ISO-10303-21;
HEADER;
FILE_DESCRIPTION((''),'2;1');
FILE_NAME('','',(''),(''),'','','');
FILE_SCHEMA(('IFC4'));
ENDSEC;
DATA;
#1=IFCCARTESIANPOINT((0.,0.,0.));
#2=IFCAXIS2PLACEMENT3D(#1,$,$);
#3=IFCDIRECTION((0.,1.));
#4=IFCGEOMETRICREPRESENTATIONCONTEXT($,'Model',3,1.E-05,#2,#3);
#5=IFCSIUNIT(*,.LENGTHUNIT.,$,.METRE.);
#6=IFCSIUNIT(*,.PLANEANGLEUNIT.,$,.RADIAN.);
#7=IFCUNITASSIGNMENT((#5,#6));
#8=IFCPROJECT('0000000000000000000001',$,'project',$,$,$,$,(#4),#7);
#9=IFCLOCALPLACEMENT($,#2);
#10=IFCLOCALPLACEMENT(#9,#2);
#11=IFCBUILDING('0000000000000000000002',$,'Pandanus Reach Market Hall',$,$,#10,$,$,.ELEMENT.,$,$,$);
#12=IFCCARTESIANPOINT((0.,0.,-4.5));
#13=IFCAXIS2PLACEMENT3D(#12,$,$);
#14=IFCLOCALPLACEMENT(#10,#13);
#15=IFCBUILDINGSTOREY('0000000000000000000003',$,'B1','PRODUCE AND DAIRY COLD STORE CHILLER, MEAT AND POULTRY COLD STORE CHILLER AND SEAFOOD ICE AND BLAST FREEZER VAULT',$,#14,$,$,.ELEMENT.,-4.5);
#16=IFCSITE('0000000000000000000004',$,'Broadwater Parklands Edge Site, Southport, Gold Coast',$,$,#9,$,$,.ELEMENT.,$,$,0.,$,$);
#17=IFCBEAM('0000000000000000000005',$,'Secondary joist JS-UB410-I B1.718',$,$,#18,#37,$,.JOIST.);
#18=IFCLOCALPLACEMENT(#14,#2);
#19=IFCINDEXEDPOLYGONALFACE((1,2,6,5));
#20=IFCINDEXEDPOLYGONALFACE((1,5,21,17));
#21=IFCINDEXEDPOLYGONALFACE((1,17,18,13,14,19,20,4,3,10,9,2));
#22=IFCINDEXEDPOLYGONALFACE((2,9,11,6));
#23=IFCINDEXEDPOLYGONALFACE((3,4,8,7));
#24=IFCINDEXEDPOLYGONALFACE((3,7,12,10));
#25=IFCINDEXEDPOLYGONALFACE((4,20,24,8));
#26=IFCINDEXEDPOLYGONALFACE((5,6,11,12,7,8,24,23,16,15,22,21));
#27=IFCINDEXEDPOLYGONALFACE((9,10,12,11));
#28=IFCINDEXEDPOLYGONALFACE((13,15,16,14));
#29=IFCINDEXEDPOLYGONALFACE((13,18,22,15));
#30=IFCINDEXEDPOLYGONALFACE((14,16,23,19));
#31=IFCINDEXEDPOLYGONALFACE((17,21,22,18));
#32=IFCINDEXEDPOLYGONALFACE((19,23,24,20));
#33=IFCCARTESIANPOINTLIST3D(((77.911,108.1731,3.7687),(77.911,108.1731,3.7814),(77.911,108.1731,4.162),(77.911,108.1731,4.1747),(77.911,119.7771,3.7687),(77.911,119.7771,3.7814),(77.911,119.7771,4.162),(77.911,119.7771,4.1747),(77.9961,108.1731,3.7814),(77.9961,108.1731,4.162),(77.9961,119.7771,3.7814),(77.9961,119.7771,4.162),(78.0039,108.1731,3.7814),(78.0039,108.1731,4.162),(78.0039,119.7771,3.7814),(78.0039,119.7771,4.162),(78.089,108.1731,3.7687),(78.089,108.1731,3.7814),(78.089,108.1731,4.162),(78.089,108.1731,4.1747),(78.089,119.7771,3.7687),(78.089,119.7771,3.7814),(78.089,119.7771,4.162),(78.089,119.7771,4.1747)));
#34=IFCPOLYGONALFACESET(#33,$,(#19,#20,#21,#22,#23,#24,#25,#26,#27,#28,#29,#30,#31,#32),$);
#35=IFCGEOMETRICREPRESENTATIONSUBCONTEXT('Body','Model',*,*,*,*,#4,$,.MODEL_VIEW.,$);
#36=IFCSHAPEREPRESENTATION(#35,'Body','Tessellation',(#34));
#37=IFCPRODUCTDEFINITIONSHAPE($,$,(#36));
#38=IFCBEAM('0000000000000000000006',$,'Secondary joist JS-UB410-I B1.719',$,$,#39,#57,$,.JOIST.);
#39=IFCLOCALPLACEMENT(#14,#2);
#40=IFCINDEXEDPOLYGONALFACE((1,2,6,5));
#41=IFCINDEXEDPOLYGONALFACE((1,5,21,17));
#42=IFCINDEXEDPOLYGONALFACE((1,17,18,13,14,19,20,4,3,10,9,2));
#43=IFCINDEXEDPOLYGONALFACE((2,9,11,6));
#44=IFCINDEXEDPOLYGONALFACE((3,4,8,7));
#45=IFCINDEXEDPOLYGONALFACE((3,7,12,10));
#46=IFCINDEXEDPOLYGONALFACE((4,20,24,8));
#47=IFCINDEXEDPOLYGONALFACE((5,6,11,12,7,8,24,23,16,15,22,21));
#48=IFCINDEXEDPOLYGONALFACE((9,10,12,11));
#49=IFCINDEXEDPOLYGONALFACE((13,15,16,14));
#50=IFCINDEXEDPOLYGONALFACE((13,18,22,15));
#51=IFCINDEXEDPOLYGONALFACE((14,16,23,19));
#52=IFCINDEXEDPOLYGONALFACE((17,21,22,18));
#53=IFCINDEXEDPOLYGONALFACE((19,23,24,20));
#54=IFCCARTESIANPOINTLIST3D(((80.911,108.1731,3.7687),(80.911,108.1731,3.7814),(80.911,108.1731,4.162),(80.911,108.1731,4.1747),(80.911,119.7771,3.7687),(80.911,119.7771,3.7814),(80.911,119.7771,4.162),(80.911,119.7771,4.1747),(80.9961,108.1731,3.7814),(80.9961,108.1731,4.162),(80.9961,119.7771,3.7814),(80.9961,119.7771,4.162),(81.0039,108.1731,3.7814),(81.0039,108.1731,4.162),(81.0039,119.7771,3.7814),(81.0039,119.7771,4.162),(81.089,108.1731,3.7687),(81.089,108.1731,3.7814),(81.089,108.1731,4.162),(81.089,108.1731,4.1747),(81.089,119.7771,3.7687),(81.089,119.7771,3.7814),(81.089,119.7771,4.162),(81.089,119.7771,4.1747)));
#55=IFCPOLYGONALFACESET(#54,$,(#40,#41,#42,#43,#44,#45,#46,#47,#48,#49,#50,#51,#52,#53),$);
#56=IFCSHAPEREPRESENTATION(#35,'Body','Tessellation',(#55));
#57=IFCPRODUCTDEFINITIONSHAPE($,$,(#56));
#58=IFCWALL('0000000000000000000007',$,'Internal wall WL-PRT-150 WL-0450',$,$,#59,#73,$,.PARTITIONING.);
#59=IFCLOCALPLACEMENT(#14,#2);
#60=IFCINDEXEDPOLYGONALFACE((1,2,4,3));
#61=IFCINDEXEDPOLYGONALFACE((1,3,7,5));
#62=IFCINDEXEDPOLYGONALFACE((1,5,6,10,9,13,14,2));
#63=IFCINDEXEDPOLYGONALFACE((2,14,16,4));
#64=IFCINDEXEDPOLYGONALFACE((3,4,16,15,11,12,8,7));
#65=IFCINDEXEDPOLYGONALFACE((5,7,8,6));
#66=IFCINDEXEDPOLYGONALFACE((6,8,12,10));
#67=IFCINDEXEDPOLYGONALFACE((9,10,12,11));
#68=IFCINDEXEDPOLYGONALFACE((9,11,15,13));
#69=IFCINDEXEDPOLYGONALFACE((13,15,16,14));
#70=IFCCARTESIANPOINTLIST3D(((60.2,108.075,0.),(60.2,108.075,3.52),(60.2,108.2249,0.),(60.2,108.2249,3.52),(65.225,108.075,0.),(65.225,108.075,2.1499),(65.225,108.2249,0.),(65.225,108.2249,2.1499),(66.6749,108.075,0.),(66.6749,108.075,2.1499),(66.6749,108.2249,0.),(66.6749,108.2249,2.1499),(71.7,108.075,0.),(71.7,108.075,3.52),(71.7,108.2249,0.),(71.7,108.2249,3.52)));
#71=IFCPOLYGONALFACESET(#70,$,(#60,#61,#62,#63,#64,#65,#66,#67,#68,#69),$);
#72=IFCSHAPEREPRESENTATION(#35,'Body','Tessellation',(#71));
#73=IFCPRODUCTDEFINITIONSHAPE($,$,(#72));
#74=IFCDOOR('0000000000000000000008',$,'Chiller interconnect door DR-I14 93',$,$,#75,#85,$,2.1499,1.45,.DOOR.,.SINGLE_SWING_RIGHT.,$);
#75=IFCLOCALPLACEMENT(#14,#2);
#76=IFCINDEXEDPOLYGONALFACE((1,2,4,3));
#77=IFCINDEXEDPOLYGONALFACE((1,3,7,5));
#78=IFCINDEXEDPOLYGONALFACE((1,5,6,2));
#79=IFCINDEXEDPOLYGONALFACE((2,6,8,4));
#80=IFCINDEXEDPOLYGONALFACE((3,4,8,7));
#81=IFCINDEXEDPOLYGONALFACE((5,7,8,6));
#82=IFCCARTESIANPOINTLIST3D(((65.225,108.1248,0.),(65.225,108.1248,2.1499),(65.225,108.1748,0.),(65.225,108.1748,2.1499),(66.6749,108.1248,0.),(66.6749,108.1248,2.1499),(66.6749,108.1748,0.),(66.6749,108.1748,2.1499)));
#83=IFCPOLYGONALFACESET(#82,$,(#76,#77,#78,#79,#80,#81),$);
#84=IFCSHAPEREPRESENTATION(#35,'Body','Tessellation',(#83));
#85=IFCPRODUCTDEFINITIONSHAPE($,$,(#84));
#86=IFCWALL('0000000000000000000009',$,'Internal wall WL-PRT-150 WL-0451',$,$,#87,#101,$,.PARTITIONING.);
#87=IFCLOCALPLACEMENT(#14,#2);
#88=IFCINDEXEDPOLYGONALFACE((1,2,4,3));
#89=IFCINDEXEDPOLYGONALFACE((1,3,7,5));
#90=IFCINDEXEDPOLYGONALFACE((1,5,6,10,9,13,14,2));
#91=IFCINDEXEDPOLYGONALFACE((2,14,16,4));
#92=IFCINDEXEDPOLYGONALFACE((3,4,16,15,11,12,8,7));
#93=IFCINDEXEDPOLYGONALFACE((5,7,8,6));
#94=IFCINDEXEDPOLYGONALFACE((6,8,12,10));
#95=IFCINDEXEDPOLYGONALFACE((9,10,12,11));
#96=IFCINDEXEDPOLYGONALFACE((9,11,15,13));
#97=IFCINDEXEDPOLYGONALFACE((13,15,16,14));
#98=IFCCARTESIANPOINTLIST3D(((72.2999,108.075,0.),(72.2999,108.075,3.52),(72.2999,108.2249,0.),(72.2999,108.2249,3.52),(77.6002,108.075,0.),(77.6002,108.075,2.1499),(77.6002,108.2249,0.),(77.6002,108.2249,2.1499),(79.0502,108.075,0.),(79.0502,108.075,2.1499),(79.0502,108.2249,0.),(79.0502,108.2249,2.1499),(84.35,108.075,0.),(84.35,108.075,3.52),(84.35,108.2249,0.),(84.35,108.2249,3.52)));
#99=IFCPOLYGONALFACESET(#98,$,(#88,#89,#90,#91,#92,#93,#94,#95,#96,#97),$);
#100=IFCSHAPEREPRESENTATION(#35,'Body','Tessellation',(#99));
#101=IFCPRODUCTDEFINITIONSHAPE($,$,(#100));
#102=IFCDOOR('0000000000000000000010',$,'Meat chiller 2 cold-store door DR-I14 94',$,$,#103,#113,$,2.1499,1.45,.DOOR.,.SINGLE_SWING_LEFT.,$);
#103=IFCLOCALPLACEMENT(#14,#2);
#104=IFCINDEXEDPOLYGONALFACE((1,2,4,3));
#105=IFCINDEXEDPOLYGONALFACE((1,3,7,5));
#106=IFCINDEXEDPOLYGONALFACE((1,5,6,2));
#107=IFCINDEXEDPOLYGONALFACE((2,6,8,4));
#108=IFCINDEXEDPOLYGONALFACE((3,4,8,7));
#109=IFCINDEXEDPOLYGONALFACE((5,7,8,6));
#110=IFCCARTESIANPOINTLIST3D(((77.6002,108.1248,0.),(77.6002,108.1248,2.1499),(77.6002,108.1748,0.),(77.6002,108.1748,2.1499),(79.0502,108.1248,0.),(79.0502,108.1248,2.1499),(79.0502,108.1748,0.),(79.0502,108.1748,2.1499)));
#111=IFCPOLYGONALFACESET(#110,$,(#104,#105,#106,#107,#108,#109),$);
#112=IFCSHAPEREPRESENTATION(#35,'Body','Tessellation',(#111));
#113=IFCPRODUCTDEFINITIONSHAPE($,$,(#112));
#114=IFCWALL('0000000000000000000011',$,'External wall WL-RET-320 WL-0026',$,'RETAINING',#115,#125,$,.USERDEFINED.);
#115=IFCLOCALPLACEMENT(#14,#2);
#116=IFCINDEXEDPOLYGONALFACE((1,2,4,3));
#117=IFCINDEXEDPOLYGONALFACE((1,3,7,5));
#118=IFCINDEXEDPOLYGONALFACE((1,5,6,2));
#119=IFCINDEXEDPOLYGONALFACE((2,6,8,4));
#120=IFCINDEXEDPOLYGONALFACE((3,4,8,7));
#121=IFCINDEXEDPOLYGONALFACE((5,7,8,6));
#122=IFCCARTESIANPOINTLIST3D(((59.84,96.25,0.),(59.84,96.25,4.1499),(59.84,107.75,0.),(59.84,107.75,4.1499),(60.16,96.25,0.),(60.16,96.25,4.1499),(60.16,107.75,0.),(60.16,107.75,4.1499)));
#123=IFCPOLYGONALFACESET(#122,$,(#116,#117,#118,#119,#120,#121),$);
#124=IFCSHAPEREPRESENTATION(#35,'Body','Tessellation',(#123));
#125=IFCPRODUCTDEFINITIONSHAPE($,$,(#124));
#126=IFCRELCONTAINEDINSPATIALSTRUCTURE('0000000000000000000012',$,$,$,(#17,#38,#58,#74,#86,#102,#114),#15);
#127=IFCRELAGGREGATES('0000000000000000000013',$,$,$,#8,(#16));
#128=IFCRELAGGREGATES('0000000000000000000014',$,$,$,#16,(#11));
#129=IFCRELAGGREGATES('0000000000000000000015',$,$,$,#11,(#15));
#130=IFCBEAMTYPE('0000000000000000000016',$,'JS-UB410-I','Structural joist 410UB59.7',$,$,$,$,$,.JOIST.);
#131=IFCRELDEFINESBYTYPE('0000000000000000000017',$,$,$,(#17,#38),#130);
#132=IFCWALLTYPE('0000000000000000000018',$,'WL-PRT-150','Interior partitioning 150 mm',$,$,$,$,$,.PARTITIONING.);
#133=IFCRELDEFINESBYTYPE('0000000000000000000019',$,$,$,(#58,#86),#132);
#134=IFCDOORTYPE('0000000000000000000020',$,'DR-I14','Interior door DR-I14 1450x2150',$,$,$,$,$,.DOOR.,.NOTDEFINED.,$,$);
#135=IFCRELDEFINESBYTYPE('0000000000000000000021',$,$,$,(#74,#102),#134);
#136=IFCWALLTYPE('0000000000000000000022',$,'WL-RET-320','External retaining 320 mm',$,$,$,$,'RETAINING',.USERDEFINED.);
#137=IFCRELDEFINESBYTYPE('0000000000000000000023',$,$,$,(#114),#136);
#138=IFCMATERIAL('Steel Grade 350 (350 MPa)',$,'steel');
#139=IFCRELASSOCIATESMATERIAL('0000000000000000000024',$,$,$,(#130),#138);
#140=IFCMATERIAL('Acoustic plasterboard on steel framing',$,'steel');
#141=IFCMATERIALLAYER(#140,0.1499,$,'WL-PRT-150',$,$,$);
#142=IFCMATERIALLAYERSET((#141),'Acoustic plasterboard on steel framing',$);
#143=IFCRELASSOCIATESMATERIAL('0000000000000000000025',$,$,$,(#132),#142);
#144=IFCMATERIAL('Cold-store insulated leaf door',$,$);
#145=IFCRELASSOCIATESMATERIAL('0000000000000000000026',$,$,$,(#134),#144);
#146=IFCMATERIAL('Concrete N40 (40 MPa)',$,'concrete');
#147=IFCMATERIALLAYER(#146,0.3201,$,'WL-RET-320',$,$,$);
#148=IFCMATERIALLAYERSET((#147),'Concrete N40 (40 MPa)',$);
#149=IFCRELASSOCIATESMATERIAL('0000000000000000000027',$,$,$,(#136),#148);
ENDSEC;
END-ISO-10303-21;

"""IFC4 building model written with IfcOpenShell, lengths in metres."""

from ifc_helpers import new_model, si_unit, direction, frame, frame_2d, origin, origin_2d, place, context, subcontext, project, spatial, rectangle, i_section, extrude, material, layer, layer_set, material_profile, profile_set, type_object, element, fill, save


model = new_model("IFC4")

# Units and contexts
model_context = context("Model", 3, precision=1e-05, world=origin(), true_north=direction((0.0, 1.0)))
body_context = subcontext(model_context, "Body", "Model", "MODEL_VIEW")
ifc_project = project(units=[si_unit("LENGTHUNIT", "METRE"), si_unit("PLANEANGLEUNIT", "RADIAN")], contexts=[model_context])

# Site, building, storey
site_placement = place(None, origin())
site = spatial("IfcSite", under=ifc_project, at=site_placement, Name="Broadwater Parklands Edge Site, Southport, Gold Coast", CompositionType="ELEMENT", RefElevation=0.0)
building_placement = place(site_placement, origin())
building = spatial("IfcBuilding", under=site, at=building_placement, Name="Pandanus Reach Market Hall", CompositionType="ELEMENT")
storey_placement = place(building_placement, frame((0.0, 0.0, -4.5)))
storey = spatial("IfcBuildingStorey", under=building, at=storey_placement, Name="B1", Description="PRODUCE AND DAIRY COLD STORE CHILLER, MEAT AND POULTRY COLD STORE CHILLER AND SEAFOOD ICE AND BLAST FREEZER VAULT", CompositionType="ELEMENT", Elevation=-4.5)

# Shared definitions
ifc_material_1 = material(Name="Concrete N40 (40 MPa)", Category="concrete")

# Beams
ifc_material_2 = material(Name="Steel Grade 350 (350 MPa)", Category="steel")
ifc_material_profile_1 = material_profile(ifc_material_2, i_section(OverallWidth=0.178, OverallDepth=0.406, WebThickness=0.0078, FlangeThickness=0.0127, at=origin_2d()), Name="410UB59.7", Category="LoadBearing")
ifc_profile_set_1 = profile_set([ifc_material_profile_1], Name="Steel Grade 350 (350 MPa)")
beam_type_1 = type_object("IfcBeamType", Name="JS-UB410-I", Description="Structural joist 410UB59.7", PredefinedType="JOIST", material=ifc_profile_set_1)
for number, where, z_axis, x_axis, name in (
    (1, (78.0, 108.1731, 3.9717), (0.0, 1.0, 0.0), (-1.0, 0.0, 0.0), "Secondary joist JS-UB410-I B1.718"),
    (2, (81.0, 108.1731, 3.9717), (0.0, 1.0, 0.0), (-1.0, 0.0, 0.0), "Secondary joist JS-UB410-I B1.719"),
):
    element("IfcBeam", number, at=place(storey_placement, frame(where, z_axis=z_axis, x_axis=x_axis)), inside=storey, type_object=beam_type_1, Name=name, PredefinedType="JOIST", context=body_context, shape_type="SweptSolid", body=[
        extrude(i_section(OverallWidth=0.178, OverallDepth=0.406, WebThickness=0.0078, FlangeThickness=0.0127, at=origin_2d()), origin(), (0.0, 0.0, 1.0), 11.604),
    ])

# Walls, openings, doors
ifc_material_3 = material(Name="Acoustic plasterboard on steel framing", Category="steel")
ifc_layer_1 = layer(ifc_material_3, 0.1499, Name="WL-PRT-150")
ifc_layer_set_1 = layer_set([ifc_layer_1], Name="Acoustic plasterboard on steel framing")
wall_type_1 = type_object("IfcWallType", Name="WL-PRT-150", Description="Interior partitioning 150 mm", PredefinedType="PARTITIONING", material=ifc_layer_set_1)
wall_1_placement = place(storey_placement, frame((60.2, 108.1499, 0.0), z_axis=(0.0, 0.0, 1.0), x_axis=(1.0, 0.0, 0.0)))
wall_1 = element("IfcWall", 3, at=wall_1_placement, inside=storey, type_object=wall_type_1, Name="Internal wall WL-PRT-150 WL-0450", PredefinedType="PARTITIONING", context=body_context, shape_type="SweptSolid", body=[
    extrude(rectangle(XDim=11.5, YDim=0.1499, at=frame_2d((5.75, 0.0))), origin(), (0.0, 0.0, 1.0), 3.52),
])
opening_1_placement = place(wall_1_placement, frame((5.0249, 0.0, 0.0)))
opening_1 = element("IfcOpeningElement", 4, at=opening_1_placement, cuts=wall_1, PredefinedType="OPENING", context=body_context, shape_type="SweptSolid", body=[
    extrude(rectangle(XDim=1.45, YDim=2.1499, at=frame_2d((0.7251, 1.075))), frame((0.0, 0.0898, 0.0), z_axis=(0.0, -1.0, 0.0), x_axis=(1.0, 0.0, 0.0)), (0.0, 0.0, 1.0), 0.1799),
])
ifc_material_4 = material(Name="Cold-store insulated leaf door")
door_type = type_object("IfcDoorType", Name="DR-I14", Description="Interior door DR-I14 1450x2150", OperationType="NOTDEFINED", PredefinedType="DOOR", material=ifc_material_4)
door_1_placement = place(opening_1_placement, origin())
door_1 = element("IfcDoor", 5, at=door_1_placement, inside=storey, type_object=door_type, Name="Chiller interconnect door DR-I14 93", OperationType="SINGLE_SWING_RIGHT", OverallHeight=2.1499, OverallWidth=1.45, PredefinedType="DOOR", context=body_context, shape_type="SweptSolid", body=[
    extrude(rectangle(XDim=1.45, YDim=2.1499, at=frame_2d((0.7251, 1.075))), frame((0.0, 0.0249, 0.0), z_axis=(0.0, -1.0, 0.0), x_axis=(1.0, 0.0, 0.0)), (0.0, 0.0, 1.0), 0.05),
])
fill(opening_1, door_1)
wall_2_placement = place(storey_placement, frame((72.3, 108.1499, 0.0), z_axis=(0.0, 0.0, 1.0), x_axis=(1.0, 0.0, 0.0)))
wall_2 = element("IfcWall", 6, at=wall_2_placement, inside=storey, type_object=wall_type_1, Name="Internal wall WL-PRT-150 WL-0451", PredefinedType="PARTITIONING", context=body_context, shape_type="SweptSolid", body=[
    extrude(rectangle(XDim=12.05, YDim=0.1499, at=frame_2d((6.0249, 0.0))), origin(), (0.0, 0.0, 1.0), 3.52),
])
opening_2_placement = place(wall_2_placement, frame((5.3, 0.0, 0.0)))
opening_2 = element("IfcOpeningElement", 7, at=opening_2_placement, cuts=wall_2, PredefinedType="OPENING", context=body_context, shape_type="SweptSolid", body=[
    extrude(rectangle(XDim=1.45, YDim=2.1499, at=frame_2d((0.7251, 1.075))), frame((0.0, 0.0898, 0.0), z_axis=(0.0, -1.0, 0.0), x_axis=(1.0, 0.0, 0.0)), (0.0, 0.0, 1.0), 0.1799),
])
door_2_placement = place(opening_2_placement, origin())
door_2 = element("IfcDoor", 8, at=door_2_placement, inside=storey, type_object=door_type, Name="Meat chiller 2 cold-store door DR-I14 94", OperationType="SINGLE_SWING_LEFT", OverallHeight=2.1499, OverallWidth=1.45, PredefinedType="DOOR", context=body_context, shape_type="SweptSolid", body=[
    extrude(rectangle(XDim=1.45, YDim=2.1499, at=frame_2d((0.7251, 1.075))), frame((0.0, 0.0249, 0.0), z_axis=(0.0, -1.0, 0.0), x_axis=(1.0, 0.0, 0.0)), (0.0, 0.0, 1.0), 0.05),
])
fill(opening_2, door_2)

# Wall
ifc_layer_2 = layer(ifc_material_1, 0.3201, Name="WL-RET-320")
ifc_layer_set_2 = layer_set([ifc_layer_2], Name="Concrete N40 (40 MPa)")
wall_type_2 = type_object("IfcWallType", Name="WL-RET-320", Description="External retaining 320 mm", ElementType="RETAINING", PredefinedType="USERDEFINED", material=ifc_layer_set_2)
wall_3_placement = place(storey_placement, frame((60.0, 96.25, 0.0), z_axis=(0.0, 0.0, 1.0), x_axis=(0.0, 1.0, 0.0)))
element("IfcWall", 9, at=wall_3_placement, inside=storey, type_object=wall_type_2, Name="External wall WL-RET-320 WL-0026", ObjectType="RETAINING", PredefinedType="USERDEFINED", context=body_context, shape_type="SweptSolid", body=[
    extrude(rectangle(XDim=11.5, YDim=0.3201, at=frame_2d((5.75, 0.0))), origin(), (0.0, 0.0, 1.0), 4.1499),
])

save(model, "model.ifc")
